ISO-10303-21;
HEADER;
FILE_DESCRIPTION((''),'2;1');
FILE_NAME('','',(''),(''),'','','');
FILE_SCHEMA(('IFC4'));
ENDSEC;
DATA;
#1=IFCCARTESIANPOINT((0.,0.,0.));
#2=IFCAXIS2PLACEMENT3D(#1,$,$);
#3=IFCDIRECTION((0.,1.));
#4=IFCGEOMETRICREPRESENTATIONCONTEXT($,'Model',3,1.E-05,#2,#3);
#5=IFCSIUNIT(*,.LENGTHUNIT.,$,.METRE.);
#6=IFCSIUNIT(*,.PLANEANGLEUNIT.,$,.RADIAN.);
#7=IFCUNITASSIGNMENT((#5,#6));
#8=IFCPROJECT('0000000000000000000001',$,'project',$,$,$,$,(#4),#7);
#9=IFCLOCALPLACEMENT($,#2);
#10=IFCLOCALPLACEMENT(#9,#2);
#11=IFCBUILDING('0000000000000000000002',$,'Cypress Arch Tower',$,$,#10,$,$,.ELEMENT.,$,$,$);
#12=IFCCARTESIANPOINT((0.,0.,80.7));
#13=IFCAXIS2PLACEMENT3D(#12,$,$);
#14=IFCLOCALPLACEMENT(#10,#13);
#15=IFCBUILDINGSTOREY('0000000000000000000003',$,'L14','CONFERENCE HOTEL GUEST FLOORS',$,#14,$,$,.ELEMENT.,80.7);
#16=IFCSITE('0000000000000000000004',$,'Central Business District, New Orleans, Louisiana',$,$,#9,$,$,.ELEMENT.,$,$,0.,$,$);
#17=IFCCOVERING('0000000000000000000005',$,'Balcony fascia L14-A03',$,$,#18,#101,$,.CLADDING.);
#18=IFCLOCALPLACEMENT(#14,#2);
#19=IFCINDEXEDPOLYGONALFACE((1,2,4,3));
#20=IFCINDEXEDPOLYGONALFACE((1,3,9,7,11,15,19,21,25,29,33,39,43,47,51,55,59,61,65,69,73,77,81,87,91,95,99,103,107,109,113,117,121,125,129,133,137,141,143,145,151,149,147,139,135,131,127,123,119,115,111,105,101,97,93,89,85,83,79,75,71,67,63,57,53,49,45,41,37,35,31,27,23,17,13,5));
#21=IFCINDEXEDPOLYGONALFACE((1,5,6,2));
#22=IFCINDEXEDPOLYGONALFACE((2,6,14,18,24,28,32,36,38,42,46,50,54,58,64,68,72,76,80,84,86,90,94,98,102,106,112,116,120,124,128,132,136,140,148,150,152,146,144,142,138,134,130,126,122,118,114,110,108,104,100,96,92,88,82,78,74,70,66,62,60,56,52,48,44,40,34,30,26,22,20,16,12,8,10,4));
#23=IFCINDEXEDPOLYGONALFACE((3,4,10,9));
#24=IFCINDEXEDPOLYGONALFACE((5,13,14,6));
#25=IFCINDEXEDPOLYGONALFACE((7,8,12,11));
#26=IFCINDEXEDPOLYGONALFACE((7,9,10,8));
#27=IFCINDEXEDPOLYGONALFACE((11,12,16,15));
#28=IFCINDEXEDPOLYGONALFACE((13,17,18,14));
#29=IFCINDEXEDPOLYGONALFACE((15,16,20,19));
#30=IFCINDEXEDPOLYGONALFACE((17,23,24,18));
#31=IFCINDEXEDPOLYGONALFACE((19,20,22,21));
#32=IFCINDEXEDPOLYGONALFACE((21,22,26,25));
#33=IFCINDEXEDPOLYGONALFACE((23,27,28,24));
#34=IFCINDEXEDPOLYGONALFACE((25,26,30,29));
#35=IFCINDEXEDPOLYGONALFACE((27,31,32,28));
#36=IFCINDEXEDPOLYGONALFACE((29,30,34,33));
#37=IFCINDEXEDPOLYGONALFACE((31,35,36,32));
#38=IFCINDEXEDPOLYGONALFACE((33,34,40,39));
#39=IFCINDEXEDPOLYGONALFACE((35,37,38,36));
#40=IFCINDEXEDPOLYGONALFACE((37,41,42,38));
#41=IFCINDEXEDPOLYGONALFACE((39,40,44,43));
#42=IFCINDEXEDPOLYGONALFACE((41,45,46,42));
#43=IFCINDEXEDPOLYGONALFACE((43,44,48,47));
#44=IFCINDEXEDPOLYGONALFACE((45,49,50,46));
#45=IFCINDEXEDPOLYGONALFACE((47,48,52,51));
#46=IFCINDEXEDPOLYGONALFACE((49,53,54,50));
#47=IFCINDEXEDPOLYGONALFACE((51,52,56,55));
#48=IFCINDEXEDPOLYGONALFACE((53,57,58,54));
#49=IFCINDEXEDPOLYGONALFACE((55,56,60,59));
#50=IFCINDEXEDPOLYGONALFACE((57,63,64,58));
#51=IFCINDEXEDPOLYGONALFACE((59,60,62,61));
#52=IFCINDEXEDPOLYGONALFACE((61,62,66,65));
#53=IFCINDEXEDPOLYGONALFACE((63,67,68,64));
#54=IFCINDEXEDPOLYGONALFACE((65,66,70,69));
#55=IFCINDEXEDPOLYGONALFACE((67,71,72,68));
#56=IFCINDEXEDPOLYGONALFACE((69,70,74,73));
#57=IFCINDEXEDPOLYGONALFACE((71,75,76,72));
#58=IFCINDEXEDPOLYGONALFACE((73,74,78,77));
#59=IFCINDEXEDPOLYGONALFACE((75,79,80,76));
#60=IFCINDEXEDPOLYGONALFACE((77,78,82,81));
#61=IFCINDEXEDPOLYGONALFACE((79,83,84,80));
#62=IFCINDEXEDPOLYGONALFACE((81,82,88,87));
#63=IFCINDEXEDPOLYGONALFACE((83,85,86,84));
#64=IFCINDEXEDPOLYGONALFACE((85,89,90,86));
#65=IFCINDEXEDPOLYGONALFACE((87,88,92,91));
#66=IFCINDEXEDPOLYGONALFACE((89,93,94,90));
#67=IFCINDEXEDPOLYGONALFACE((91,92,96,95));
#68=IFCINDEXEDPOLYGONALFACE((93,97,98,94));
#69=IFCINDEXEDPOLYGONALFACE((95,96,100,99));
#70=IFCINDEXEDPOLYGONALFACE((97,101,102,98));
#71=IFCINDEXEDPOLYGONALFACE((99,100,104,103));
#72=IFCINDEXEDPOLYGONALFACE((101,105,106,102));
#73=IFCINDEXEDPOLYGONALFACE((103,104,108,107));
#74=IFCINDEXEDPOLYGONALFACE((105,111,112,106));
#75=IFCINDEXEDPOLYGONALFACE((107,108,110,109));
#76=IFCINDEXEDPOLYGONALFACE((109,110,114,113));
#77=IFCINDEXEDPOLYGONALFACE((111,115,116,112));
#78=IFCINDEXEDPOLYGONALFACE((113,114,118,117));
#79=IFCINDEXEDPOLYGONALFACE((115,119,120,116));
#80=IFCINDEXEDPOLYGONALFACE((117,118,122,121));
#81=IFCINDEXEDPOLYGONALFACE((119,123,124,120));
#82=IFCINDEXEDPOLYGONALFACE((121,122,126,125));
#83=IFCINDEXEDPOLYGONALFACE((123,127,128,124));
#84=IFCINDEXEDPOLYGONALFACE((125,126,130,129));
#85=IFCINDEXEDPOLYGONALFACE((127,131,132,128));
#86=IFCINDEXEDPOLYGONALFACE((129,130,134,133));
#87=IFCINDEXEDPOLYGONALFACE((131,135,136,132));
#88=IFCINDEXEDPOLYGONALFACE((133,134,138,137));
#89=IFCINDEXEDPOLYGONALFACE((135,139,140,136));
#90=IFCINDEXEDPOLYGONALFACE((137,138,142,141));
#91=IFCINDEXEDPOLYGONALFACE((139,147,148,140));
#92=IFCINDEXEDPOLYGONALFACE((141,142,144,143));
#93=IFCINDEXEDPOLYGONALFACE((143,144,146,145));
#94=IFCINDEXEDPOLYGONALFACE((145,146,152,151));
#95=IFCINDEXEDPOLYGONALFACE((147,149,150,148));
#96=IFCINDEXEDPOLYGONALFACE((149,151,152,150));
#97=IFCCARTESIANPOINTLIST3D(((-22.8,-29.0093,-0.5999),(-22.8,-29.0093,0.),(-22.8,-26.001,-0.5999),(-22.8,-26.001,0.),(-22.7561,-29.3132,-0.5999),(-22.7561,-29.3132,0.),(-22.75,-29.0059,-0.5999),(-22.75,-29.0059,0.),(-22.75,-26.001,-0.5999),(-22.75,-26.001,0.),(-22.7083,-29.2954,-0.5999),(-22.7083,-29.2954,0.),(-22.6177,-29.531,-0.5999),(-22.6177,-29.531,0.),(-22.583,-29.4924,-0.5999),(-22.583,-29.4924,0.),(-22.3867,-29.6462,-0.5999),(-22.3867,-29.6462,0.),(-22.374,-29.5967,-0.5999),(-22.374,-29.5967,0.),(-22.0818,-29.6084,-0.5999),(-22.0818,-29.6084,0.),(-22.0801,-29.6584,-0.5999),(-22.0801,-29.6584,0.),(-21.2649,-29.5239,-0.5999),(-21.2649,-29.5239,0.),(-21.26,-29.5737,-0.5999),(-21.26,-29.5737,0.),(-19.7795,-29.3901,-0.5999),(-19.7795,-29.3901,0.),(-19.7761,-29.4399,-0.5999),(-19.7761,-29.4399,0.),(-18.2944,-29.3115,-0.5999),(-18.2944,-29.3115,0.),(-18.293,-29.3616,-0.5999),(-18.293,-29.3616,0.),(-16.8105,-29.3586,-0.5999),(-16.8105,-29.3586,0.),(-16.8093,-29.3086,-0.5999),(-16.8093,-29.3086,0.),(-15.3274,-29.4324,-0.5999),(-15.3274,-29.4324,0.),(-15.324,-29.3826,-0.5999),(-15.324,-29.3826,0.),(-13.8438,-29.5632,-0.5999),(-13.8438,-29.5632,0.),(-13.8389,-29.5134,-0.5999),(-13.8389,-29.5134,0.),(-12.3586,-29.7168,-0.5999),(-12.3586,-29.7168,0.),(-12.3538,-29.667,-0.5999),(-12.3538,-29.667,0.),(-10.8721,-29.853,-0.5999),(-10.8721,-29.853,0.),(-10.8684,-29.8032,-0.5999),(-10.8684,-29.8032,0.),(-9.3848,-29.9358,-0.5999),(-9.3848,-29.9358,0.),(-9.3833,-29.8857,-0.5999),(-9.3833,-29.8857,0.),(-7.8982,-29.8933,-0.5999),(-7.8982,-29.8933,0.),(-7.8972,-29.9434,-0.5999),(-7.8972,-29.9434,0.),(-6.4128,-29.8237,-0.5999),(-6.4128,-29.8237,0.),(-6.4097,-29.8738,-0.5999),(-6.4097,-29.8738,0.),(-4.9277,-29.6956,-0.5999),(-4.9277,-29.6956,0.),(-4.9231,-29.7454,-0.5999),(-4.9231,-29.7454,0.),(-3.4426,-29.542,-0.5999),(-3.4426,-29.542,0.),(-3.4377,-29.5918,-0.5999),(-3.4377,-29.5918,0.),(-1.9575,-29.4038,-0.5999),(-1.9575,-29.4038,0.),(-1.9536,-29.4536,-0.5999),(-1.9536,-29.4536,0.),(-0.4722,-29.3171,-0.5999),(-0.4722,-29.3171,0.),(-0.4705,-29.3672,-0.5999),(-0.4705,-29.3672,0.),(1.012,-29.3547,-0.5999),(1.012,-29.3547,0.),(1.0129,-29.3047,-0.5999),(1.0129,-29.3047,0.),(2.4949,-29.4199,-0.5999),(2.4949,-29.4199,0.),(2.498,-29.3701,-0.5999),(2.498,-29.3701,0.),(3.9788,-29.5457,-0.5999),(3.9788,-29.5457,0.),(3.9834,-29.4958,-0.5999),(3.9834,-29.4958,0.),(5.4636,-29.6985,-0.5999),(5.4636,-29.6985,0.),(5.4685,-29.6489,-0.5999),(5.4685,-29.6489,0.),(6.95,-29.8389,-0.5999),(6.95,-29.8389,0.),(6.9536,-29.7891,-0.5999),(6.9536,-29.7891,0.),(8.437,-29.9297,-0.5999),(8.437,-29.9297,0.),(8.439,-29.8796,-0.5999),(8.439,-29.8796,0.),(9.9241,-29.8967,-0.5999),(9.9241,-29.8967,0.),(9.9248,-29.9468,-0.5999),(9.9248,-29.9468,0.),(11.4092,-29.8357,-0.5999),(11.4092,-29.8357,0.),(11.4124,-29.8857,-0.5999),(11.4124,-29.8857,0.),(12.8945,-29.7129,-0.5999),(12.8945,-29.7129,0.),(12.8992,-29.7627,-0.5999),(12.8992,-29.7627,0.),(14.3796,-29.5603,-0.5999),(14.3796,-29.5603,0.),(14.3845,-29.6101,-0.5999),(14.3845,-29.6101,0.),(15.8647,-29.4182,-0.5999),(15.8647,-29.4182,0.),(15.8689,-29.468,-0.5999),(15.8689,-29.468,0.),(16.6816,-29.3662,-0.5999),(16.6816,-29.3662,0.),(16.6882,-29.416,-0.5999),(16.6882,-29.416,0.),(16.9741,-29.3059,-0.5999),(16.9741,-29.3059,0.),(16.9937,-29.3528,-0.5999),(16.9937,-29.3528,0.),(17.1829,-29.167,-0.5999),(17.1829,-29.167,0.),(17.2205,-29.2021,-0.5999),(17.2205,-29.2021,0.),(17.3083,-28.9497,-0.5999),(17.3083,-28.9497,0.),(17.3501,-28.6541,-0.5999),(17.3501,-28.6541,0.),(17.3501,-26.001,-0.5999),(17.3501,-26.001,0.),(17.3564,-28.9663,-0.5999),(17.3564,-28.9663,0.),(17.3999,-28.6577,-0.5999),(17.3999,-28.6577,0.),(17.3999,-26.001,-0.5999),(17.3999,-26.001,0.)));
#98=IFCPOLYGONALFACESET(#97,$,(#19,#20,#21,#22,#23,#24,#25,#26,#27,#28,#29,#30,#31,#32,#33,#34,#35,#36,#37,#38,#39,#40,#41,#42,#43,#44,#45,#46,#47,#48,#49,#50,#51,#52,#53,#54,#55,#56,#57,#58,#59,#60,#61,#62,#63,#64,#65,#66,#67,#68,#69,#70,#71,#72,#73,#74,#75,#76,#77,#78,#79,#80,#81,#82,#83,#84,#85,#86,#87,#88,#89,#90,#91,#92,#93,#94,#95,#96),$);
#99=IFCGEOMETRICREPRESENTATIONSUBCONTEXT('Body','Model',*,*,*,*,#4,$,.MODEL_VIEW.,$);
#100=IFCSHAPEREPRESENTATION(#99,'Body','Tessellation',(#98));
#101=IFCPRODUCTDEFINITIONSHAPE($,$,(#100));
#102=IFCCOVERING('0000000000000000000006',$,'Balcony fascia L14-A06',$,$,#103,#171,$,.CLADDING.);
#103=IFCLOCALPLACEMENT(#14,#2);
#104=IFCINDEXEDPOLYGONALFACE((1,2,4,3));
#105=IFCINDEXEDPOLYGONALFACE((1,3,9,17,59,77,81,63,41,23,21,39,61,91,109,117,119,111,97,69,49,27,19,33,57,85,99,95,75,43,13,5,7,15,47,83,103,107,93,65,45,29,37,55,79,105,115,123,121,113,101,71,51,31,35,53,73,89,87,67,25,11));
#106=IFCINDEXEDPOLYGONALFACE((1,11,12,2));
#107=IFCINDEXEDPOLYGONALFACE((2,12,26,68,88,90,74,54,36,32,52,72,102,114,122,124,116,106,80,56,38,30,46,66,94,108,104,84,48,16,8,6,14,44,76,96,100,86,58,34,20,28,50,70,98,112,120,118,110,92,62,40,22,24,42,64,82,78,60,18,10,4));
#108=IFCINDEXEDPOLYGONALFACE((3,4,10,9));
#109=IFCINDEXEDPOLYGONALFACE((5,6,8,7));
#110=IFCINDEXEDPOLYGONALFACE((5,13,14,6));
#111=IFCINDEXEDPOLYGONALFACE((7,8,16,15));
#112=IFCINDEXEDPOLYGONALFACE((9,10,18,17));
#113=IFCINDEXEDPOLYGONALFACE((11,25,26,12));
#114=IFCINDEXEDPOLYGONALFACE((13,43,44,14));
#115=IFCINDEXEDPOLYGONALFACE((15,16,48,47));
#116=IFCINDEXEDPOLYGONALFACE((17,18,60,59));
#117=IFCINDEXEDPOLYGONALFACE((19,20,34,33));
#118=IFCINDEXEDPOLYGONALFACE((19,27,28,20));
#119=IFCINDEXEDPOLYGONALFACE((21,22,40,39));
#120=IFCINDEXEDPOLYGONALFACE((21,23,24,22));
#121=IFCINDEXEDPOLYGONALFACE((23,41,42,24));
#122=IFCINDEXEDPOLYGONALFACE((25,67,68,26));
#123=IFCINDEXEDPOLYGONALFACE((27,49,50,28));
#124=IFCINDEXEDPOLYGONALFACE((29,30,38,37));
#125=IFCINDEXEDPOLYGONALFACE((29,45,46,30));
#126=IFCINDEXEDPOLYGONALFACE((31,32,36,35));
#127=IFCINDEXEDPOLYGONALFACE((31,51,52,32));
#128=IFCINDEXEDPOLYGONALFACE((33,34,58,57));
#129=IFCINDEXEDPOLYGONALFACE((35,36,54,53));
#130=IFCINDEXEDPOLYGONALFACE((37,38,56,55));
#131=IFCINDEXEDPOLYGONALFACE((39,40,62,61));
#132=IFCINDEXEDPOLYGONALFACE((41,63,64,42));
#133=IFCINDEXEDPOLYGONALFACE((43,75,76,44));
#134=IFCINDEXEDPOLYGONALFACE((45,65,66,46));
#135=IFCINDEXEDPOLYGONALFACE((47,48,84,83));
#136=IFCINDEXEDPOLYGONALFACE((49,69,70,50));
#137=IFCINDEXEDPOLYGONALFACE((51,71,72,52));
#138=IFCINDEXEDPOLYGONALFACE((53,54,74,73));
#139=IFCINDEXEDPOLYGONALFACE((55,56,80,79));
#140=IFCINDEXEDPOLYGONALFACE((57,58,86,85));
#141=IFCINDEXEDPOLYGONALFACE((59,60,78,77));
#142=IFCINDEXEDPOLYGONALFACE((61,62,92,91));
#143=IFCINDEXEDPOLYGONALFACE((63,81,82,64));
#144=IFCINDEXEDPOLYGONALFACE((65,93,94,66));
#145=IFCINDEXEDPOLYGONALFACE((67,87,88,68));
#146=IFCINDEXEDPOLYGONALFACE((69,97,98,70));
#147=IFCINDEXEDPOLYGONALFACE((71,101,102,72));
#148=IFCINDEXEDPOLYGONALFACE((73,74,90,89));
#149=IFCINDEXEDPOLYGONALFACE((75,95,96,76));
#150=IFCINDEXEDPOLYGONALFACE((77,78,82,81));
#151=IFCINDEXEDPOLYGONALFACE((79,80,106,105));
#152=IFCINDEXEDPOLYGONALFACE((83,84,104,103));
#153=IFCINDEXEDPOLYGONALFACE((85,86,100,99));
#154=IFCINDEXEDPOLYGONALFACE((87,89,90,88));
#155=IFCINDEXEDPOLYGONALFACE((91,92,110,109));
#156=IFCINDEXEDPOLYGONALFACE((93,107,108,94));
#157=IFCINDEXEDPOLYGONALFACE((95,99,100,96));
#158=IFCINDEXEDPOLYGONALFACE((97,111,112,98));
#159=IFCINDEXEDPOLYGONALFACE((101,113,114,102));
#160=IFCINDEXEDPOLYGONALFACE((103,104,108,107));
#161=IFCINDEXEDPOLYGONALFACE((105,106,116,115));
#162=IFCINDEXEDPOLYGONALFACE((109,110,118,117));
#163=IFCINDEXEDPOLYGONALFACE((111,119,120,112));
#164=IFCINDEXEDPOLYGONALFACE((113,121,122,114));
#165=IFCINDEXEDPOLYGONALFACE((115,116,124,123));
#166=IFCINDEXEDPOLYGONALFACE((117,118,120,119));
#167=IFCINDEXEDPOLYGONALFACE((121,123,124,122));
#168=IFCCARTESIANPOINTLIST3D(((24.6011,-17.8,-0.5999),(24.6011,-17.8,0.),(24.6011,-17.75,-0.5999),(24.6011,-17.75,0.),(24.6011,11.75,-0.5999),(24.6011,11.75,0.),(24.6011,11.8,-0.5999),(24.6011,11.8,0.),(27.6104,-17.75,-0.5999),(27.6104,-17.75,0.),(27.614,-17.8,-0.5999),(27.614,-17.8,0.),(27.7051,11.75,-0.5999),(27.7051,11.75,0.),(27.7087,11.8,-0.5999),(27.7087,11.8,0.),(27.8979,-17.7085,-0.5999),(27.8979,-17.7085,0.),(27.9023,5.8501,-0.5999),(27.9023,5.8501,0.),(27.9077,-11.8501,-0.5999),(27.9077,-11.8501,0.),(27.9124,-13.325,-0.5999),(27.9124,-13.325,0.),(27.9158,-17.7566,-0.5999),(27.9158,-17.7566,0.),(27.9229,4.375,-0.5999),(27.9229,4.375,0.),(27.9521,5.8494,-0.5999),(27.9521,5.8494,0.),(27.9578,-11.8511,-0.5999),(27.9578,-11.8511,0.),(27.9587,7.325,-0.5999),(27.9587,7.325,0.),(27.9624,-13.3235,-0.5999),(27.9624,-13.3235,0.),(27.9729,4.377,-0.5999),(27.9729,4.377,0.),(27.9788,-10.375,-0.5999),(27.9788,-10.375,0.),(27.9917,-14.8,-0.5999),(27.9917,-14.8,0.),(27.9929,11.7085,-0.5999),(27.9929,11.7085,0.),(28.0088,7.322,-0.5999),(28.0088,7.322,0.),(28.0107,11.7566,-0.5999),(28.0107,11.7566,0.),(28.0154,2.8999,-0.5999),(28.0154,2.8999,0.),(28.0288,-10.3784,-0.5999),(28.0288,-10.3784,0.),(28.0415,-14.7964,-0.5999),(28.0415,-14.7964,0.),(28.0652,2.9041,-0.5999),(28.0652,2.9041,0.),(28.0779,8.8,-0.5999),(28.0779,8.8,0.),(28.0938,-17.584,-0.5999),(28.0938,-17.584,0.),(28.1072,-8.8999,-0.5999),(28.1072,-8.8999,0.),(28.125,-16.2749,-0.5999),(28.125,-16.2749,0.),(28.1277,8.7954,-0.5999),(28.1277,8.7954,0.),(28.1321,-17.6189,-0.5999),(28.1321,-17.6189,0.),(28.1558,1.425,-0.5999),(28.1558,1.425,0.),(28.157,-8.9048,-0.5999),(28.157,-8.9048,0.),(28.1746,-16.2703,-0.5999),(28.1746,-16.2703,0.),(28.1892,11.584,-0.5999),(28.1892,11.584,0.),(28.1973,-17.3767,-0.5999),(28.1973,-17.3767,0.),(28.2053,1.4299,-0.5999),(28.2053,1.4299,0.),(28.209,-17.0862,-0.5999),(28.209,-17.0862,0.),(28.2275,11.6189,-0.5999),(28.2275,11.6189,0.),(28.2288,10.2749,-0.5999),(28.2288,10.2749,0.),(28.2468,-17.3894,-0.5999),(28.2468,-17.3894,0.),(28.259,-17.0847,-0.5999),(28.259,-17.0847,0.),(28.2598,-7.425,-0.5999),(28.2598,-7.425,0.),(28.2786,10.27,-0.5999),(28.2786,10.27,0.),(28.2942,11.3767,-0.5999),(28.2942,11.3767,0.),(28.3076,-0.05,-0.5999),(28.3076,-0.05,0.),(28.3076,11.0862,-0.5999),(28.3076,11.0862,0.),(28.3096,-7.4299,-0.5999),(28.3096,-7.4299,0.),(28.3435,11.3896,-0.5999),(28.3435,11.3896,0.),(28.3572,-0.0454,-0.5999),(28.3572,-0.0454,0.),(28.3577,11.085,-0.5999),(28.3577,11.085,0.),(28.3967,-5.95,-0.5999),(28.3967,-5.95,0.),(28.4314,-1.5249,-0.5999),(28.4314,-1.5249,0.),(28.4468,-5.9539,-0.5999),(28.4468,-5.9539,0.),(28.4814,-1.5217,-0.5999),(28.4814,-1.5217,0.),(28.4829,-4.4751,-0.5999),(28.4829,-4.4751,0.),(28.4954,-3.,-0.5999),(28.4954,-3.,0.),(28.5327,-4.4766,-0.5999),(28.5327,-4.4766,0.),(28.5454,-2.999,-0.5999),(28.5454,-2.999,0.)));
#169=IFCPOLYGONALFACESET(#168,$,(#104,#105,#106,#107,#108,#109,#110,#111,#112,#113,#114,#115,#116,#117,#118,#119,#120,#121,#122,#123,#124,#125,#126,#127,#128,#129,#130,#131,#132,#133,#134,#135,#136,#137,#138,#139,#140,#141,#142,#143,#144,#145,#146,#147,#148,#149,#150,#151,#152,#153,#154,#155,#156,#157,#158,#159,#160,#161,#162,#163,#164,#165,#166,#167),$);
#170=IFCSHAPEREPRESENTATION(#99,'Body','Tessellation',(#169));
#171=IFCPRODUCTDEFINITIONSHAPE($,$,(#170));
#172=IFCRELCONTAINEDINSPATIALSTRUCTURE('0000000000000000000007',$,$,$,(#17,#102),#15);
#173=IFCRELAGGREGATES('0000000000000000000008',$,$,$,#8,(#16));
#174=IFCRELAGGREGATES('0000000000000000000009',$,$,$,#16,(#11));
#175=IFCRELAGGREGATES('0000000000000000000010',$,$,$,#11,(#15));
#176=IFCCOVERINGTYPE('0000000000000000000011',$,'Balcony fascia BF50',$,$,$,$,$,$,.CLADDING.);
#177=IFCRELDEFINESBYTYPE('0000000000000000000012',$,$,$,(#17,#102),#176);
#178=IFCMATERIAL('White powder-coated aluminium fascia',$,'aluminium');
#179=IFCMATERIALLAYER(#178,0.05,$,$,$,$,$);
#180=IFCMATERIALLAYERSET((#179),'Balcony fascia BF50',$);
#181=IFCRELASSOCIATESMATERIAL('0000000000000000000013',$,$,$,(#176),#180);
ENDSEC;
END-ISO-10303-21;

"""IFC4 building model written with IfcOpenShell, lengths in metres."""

from ifc_helpers import new_model, si_unit, direction, frame, origin, place, context, subcontext, project, spatial, polyline, outline, extrude, material, layer, layer_set, type_object, element, save


model = new_model("IFC4")

# Units and contexts
model_context = context("Model", 3, precision=1e-05, world=origin(), true_north=direction((0.0, 1.0)))
body_context = subcontext(model_context, "Body", "Model", "MODEL_VIEW")
ifc_project = project(units=[si_unit("LENGTHUNIT", "METRE"), si_unit("PLANEANGLEUNIT", "RADIAN")], contexts=[model_context])

# Site, building, storey
site_placement = place(None, origin())
site = spatial("IfcSite", under=ifc_project, at=site_placement, Name="Central Business District, New Orleans, Louisiana", CompositionType="ELEMENT", RefElevation=0.0)
building_placement = place(site_placement, origin())
building = spatial("IfcBuilding", under=site, at=building_placement, Name="Cypress Arch Tower", CompositionType="ELEMENT")
storey_placement = place(building_placement, frame((0.0, 0.0, 80.7)))
storey = spatial("IfcBuildingStorey", under=building, at=storey_placement, Name="L14", Description="CONFERENCE HOTEL GUEST FLOORS", CompositionType="ELEMENT", Elevation=80.7)

# Coverings
ifc_material_1 = material(Name="White powder-coated aluminium fascia", Category="aluminium")
ifc_layer_1 = layer(ifc_material_1, 0.05)
ifc_layer_set_1 = layer_set([ifc_layer_1], Name="Balcony fascia BF50")
covering_type_1 = type_object("IfcCoveringType", Name="Balcony fascia BF50", PredefinedType="CLADDING", material=ifc_layer_set_1)
covering_1_placement = place(storey_placement, frame((0.0, 0.0, -0.5999)))
element("IfcCovering", 1, at=covering_1_placement, inside=storey, type_object=covering_type_1, Name="Balcony fascia L14-A03", PredefinedType="CLADDING", context=body_context, shape_type="SweptSolid", body=[
    extrude(outline(polyline([(17.3999, -28.6577), (17.3564, -28.9663), (17.2205, -29.2021), (16.9937, -29.3528), (16.6882, -29.416), (15.8689, -29.468), (14.3845, -29.6101), (12.8992, -29.7627), (11.4124, -29.8857), (9.9248, -29.9468), (8.437, -29.9297), (6.95, -29.8389), (5.4636, -29.6985), (3.9788, -29.5457), (2.4949, -29.4199), (1.012, -29.3547), (-0.4705, -29.3672), (-1.9536, -29.4536), (-3.4377, -29.5918), (-4.9231, -29.7454), (-6.4097, -29.8738), (-7.8972, -29.9434), (-9.3848, -29.9358), (-10.8721, -29.853), (-12.3586, -29.7168), (-13.8438, -29.5632), (-15.3274, -29.4324), (-16.8105, -29.3586), (-18.293, -29.3616), (-19.7761, -29.4399), (-21.26, -29.5737), (-22.0801, -29.6584), (-22.3867, -29.6462), (-22.6177, -29.531), (-22.7561, -29.3132), (-22.8, -29.0093), (-22.8, -26.001), (-22.75, -26.001), (-22.75, -29.0059), (-22.7083, -29.2954), (-22.583, -29.4924), (-22.374, -29.5967), (-22.0818, -29.6084), (-21.2649, -29.5239), (-19.7795, -29.3901), (-18.2944, -29.3115), (-16.8093, -29.3086), (-15.324, -29.3826), (-13.8389, -29.5134), (-12.3538, -29.667), (-10.8684, -29.8032), (-9.3833, -29.8857), (-7.8982, -29.8933), (-6.4128, -29.8237), (-4.9277, -29.6956), (-3.4426, -29.542), (-1.9575, -29.4038), (-0.4722, -29.3171), (1.0129, -29.3047), (2.498, -29.3701), (3.9834, -29.4958), (5.4685, -29.6489), (6.9536, -29.7891), (8.439, -29.8796), (9.9241, -29.8967), (11.4092, -29.8357), (12.8945, -29.7129), (14.3796, -29.5603), (15.8647, -29.4182), (16.6816, -29.3662), (16.9741, -29.3059), (17.1829, -29.167), (17.3083, -28.9497), (17.3501, -28.6541), (17.3501, -26.001), (17.3999, -26.001), (17.3999, -28.6577)])), origin(), (0.0, 0.0, 1.0), 0.5999),
])
covering_2_placement = place(storey_placement, frame((0.0, 0.0, -0.5999)))
element("IfcCovering", 2, at=covering_2_placement, inside=storey, type_object=covering_type_1, Name="Balcony fascia L14-A06", PredefinedType="CLADDING", context=body_context, shape_type="SweptSolid", body=[
    extrude(outline(polyline([(27.7087, 11.8), (28.0107, 11.7566), (28.2275, 11.6189), (28.3435, 11.3896), (28.3577, 11.085), (28.2786, 10.27), (28.1277, 8.7954), (28.0088, 7.322), (27.9521, 5.8494), (27.9729, 4.377), (28.0652, 2.9041), (28.2053, 1.4299), (28.3572, -0.0454), (28.4814, -1.5217), (28.5454, -2.999), (28.5327, -4.4766), (28.4468, -5.9539), (28.3096, -7.4299), (28.157, -8.9048), (28.0288, -10.3784), (27.9578, -11.8511), (27.9624, -13.3235), (28.0415, -14.7964), (28.1746, -16.2703), (28.259, -17.0847), (28.2468, -17.3894), (28.1321, -17.6189), (27.9158, -17.7566), (27.614, -17.8), (24.6011, -17.8), (24.6011, -17.75), (27.6104, -17.75), (27.8979, -17.7085), (28.0938, -17.584), (28.1973, -17.3767), (28.209, -17.0862), (28.125, -16.2749), (27.9917, -14.8), (27.9124, -13.325), (27.9077, -11.8501), (27.9788, -10.375), (28.1072, -8.8999), (28.2598, -7.425), (28.3967, -5.95), (28.4829, -4.4751), (28.4954, -3.0), (28.4314, -1.5249), (28.3076, -0.05), (28.1558, 1.425), (28.0154, 2.8999), (27.9229, 4.375), (27.9023, 5.8501), (27.9587, 7.325), (28.0779, 8.8), (28.2288, 10.2749), (28.3076, 11.0862), (28.2942, 11.3767), (28.1892, 11.584), (27.9929, 11.7085), (27.7051, 11.75), (24.6011, 11.75), (24.6011, 11.8), (27.7087, 11.8)])), origin(), (0.0, 0.0, 1.0), 0.5999),
])

save(model, "model.ifc")
